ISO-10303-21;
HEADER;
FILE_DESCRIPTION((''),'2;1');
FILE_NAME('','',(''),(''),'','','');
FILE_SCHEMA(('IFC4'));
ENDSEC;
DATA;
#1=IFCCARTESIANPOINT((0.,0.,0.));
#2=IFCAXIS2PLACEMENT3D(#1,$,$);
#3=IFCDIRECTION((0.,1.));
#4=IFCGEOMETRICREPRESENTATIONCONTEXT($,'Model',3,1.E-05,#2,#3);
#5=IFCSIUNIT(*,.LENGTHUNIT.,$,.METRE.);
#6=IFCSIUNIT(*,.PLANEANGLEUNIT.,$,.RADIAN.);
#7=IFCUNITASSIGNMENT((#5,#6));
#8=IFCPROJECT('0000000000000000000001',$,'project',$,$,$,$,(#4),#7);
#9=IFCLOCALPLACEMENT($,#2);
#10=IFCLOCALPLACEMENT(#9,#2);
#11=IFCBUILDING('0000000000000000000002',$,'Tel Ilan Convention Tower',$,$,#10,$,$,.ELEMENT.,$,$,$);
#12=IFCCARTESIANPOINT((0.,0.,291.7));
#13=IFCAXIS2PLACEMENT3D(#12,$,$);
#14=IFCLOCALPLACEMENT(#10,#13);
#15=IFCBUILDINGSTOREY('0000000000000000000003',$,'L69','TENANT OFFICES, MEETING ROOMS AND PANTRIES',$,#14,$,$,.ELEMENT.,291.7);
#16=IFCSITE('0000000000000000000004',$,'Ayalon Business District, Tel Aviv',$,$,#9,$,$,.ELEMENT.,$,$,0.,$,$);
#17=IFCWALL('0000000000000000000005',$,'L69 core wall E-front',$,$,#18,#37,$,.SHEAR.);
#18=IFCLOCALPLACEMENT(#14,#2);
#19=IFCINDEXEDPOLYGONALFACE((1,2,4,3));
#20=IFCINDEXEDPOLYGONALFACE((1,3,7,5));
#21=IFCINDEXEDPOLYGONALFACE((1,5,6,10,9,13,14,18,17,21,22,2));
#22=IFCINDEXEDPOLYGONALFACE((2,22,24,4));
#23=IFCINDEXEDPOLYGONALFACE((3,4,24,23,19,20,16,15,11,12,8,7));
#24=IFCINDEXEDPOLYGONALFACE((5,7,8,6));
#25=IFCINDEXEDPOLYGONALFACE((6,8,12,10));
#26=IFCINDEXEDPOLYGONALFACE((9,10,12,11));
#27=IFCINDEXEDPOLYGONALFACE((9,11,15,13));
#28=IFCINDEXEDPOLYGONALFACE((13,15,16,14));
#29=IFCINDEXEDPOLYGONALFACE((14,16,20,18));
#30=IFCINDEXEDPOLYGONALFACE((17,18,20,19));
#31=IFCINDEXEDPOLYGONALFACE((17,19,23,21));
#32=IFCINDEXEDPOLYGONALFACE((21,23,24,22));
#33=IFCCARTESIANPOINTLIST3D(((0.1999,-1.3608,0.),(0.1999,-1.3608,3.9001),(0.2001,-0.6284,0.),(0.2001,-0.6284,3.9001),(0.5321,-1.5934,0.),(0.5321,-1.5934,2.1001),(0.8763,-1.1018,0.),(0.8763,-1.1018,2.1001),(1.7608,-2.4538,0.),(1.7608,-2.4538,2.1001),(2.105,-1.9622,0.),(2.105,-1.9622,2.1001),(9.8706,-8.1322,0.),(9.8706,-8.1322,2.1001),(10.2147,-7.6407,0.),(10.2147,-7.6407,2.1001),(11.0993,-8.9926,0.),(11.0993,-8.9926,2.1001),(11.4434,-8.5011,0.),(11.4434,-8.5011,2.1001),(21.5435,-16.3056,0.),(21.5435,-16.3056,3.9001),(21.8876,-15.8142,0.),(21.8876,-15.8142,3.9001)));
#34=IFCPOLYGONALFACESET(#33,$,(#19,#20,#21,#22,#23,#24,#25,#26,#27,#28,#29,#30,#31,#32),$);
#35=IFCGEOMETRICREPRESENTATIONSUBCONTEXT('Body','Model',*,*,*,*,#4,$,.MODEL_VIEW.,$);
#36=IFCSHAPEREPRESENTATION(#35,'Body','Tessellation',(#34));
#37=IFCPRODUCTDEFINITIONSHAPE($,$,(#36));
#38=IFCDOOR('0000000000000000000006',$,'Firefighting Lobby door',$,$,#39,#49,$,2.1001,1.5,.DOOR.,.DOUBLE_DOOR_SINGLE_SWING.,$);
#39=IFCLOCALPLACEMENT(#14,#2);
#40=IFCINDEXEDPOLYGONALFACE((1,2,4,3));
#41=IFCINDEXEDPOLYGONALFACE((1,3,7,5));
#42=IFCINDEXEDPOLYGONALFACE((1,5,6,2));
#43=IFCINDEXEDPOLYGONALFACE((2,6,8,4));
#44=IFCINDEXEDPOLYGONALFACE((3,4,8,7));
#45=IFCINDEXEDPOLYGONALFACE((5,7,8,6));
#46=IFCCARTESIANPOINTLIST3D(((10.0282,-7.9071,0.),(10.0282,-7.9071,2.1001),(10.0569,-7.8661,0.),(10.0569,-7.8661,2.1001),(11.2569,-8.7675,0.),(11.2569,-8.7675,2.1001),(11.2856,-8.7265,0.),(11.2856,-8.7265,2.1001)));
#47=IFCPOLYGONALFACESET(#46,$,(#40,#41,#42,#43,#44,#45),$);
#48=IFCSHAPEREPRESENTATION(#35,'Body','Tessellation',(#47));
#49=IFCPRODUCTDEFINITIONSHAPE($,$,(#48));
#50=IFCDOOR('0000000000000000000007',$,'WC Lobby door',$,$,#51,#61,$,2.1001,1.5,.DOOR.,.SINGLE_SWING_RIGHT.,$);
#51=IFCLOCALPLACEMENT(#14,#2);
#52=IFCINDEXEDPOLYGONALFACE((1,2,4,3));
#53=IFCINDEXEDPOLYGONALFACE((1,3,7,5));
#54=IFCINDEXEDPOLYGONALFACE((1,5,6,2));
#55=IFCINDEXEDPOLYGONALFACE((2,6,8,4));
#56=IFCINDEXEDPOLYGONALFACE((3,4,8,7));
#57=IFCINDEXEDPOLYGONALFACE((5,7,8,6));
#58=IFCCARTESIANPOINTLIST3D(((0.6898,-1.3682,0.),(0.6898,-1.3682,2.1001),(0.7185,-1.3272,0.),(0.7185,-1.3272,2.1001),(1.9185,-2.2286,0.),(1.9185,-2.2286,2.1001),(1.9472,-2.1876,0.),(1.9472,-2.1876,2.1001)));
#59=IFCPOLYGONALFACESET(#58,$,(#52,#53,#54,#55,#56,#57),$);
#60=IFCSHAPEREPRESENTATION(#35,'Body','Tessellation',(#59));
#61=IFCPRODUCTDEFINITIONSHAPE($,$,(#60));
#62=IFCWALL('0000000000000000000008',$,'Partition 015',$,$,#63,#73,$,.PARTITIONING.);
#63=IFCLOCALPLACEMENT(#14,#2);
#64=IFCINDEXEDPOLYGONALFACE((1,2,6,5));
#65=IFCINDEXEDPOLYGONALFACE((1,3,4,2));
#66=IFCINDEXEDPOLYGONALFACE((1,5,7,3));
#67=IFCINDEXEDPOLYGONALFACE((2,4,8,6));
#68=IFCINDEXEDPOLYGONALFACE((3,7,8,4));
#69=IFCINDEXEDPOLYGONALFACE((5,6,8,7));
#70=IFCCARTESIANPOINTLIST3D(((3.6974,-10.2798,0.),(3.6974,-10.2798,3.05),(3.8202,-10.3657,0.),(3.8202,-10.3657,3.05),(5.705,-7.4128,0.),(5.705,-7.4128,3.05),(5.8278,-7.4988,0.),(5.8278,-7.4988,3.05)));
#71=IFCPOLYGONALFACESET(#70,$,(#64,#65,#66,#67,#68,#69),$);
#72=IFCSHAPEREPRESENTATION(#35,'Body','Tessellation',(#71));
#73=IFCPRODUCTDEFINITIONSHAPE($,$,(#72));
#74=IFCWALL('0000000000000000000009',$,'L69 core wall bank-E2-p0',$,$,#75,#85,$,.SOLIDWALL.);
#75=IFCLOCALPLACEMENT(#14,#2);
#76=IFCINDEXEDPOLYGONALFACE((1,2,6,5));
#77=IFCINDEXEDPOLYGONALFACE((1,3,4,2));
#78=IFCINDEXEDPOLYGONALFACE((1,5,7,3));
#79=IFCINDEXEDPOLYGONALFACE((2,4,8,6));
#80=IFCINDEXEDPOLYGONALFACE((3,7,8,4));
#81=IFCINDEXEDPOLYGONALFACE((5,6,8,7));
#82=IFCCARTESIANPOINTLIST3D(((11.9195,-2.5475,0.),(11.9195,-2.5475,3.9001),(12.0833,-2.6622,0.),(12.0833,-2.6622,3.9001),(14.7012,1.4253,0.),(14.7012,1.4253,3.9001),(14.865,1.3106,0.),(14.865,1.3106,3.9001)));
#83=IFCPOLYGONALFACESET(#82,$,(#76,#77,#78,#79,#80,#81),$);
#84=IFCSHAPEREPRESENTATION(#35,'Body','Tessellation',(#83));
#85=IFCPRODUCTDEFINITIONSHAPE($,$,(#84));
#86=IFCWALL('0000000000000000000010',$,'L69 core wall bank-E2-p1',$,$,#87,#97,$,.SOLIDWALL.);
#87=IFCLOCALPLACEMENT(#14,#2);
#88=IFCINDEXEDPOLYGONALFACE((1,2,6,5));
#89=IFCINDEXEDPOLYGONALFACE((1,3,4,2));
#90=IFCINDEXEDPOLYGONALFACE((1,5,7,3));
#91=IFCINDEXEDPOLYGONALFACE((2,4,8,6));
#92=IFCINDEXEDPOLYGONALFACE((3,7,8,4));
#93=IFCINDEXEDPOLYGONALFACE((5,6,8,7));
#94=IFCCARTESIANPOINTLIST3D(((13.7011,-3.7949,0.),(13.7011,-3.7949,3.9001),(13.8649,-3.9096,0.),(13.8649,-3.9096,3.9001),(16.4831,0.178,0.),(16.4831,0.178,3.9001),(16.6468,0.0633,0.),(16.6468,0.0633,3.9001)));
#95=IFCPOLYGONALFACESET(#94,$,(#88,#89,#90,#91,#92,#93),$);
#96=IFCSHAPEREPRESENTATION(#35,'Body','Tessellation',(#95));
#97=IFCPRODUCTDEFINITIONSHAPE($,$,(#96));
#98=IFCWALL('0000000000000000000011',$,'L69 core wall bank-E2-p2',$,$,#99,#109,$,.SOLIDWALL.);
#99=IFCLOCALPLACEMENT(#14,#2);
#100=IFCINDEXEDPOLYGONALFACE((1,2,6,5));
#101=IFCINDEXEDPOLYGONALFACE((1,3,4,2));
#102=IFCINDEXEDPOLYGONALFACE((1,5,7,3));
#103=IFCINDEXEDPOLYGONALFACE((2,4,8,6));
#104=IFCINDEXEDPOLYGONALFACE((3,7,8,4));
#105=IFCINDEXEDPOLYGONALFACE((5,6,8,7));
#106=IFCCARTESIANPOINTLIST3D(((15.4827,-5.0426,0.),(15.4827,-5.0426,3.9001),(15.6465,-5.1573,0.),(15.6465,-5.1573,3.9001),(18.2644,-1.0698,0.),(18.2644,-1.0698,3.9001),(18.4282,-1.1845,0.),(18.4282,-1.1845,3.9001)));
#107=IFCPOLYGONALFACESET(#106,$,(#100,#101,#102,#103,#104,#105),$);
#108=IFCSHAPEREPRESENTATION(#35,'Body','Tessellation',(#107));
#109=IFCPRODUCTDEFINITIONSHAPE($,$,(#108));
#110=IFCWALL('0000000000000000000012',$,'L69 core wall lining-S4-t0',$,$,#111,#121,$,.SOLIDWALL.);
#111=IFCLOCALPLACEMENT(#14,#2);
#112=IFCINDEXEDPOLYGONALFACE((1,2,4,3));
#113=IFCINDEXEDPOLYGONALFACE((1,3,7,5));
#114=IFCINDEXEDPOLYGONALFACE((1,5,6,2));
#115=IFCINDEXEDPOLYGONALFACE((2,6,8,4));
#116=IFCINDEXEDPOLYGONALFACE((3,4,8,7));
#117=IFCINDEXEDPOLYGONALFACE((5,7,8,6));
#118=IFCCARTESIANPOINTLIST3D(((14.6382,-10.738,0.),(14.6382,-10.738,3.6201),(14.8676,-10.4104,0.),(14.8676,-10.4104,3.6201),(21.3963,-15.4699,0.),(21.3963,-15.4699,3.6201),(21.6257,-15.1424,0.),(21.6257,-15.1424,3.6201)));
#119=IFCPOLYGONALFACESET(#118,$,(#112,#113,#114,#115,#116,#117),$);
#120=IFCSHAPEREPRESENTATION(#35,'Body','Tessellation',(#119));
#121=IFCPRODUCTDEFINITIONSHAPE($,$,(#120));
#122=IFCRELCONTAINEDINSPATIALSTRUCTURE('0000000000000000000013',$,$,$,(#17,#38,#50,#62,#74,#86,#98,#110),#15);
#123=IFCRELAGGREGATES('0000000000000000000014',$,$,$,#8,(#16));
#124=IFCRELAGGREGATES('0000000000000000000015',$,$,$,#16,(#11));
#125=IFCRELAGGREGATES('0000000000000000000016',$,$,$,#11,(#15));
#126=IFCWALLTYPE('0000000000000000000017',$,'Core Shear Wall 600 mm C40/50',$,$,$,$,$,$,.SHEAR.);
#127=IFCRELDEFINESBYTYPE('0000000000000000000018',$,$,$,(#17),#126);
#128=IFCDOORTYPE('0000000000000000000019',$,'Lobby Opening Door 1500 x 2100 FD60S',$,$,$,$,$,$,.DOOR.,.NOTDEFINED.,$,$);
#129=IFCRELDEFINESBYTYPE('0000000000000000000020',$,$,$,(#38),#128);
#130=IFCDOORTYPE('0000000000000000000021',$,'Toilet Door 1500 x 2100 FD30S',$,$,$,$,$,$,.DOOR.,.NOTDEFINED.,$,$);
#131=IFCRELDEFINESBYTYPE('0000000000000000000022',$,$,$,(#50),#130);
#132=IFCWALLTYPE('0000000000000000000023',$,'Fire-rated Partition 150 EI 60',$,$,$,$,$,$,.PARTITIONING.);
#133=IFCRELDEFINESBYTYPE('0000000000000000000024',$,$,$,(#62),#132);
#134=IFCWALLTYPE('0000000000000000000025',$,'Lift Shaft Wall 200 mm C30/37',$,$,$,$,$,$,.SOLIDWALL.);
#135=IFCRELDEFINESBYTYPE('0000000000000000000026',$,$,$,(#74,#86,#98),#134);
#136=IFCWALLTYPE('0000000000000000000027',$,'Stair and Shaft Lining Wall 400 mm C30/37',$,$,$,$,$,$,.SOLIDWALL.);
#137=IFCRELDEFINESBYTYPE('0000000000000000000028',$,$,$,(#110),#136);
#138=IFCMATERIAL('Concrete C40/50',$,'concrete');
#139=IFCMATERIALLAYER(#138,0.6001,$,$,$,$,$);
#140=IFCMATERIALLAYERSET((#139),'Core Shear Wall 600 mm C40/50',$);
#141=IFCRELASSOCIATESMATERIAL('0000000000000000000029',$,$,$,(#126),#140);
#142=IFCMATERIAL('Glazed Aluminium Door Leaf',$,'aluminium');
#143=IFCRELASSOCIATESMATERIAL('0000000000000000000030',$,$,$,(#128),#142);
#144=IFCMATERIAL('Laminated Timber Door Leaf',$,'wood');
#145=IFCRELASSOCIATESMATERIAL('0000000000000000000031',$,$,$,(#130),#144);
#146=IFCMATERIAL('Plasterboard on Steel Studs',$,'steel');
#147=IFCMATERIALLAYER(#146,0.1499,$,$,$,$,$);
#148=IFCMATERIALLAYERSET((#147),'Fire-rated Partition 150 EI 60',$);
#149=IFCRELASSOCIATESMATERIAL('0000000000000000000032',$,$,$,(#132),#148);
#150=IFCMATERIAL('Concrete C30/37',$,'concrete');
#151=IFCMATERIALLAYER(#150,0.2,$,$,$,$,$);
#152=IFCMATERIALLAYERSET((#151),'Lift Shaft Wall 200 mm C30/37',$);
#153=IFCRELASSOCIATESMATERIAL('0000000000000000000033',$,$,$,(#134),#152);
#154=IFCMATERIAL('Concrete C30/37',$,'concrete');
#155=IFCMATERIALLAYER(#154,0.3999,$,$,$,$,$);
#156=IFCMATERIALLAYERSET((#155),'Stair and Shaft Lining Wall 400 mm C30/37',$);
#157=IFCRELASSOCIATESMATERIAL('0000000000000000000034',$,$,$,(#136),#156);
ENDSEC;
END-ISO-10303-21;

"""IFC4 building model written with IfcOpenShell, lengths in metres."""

from ifc_helpers import new_model, si_unit, direction, frame, frame_2d, origin, place, context, subcontext, project, spatial, polyline, rectangle, outline, extrude, material, layer, layer_set, type_object, element, fill, save


model = new_model("IFC4")

# Units and contexts
model_context = context("Model", 3, precision=1e-05, world=origin(), true_north=direction((0.0, 1.0)))
body_context = subcontext(model_context, "Body", "Model", "MODEL_VIEW")
ifc_project = project(units=[si_unit("LENGTHUNIT", "METRE"), si_unit("PLANEANGLEUNIT", "RADIAN")], contexts=[model_context])

# Site, building, storey
site_placement = place(None, origin())
site = spatial("IfcSite", under=ifc_project, at=site_placement, Name="Ayalon Business District, Tel Aviv", CompositionType="ELEMENT", RefElevation=0.0)
building_placement = place(site_placement, origin())
building = spatial("IfcBuilding", under=site, at=building_placement, Name="Tel Ilan Convention Tower", CompositionType="ELEMENT")
storey_placement = place(building_placement, frame((0.0, 0.0, 291.7)))
storey = spatial("IfcBuildingStorey", under=building, at=storey_placement, Name="L69", Description="TENANT OFFICES, MEETING ROOMS AND PANTRIES", CompositionType="ELEMENT", Elevation=291.7)

# Wall, openings, doors
ifc_material_1 = material(Name="Concrete C40/50", Category="concrete")
ifc_layer_1 = layer(ifc_material_1, 0.6001)
ifc_layer_set_1 = layer_set([ifc_layer_1], Name="Core Shear Wall 600 mm C40/50")
wall_type_1 = type_object("IfcWallType", Name="Core Shear Wall 600 mm C40/50", PredefinedType="SHEAR", material=ifc_layer_set_1)
wall_1_placement = place(storey_placement, frame((0.0278, -0.874, 0.0), z_axis=(0.0, 0.0, 1.0), x_axis=(0.81915, -0.573579, 0.0)))
wall_1 = element("IfcWall", 1, at=wall_1_placement, inside=storey, type_object=wall_type_1, Name="L69 core wall E-front", PredefinedType="SHEAR", context=body_context, shape_type="SweptSolid", body=[
    extrude(outline(polyline([(26.4758, 0.3), (0.0002, 0.3), (0.4202, -0.3), (26.4758, -0.2998), (26.4758, 0.3)])), origin(), (0.0, 0.0, 1.0), 3.9001),
])
opening_1_placement = place(wall_1_placement, frame((0.8257, 0.0, 0.0)))
opening_1 = element("IfcOpeningElement", 2, at=opening_1_placement, cuts=wall_1, PredefinedType="OPENING", context=body_context, shape_type="SweptSolid", body=[
    extrude(rectangle(XDim=1.5, YDim=2.1001, at=frame_2d((0.75, 1.05))), frame((0.0, 0.3101, 0.0), z_axis=(0.0, -1.0, 0.0), x_axis=(1.0, 0.0, 0.0)), (0.0, 0.0, 1.0), 0.6201),
])
opening_2_placement = place(wall_1_placement, frame((12.2258, 0.0, 0.0)))
opening_2 = element("IfcOpeningElement", 3, at=opening_2_placement, cuts=wall_1, PredefinedType="OPENING", context=body_context, shape_type="SweptSolid", body=[
    extrude(rectangle(XDim=1.5, YDim=2.1001, at=frame_2d((0.75, 1.05))), frame((0.0, 0.3101, 0.0), z_axis=(0.0, -1.0, 0.0), x_axis=(1.0, 0.0, 0.0)), (0.0, 0.0, 1.0), 0.6201),
])
ifc_material_2 = material(Name="Glazed Aluminium Door Leaf", Category="aluminium")
door_type_1 = type_object("IfcDoorType", Name="Lobby Opening Door 1500 x 2100 FD60S", OperationType="NOTDEFINED", PredefinedType="DOOR", material=ifc_material_2)
door_1_placement = place(opening_2_placement, origin())
door_1 = element("IfcDoor", 4, at=door_1_placement, inside=storey, type_object=door_type_1, Name="Firefighting Lobby door", OperationType="DOUBLE_DOOR_SINGLE_SWING", OverallHeight=2.1001, OverallWidth=1.5, PredefinedType="DOOR", context=body_context, shape_type="SweptSolid", body=[
    extrude(rectangle(XDim=1.5, YDim=2.1001, at=frame_2d((0.75, 1.05))), frame((0.0, 0.0249, 0.0), z_axis=(0.0, -1.0, 0.0), x_axis=(1.0, 0.0, 0.0)), (0.0, 0.0, 1.0), 0.05),
])
fill(opening_2, door_1)
ifc_material_3 = material(Name="Laminated Timber Door Leaf", Category="wood")
door_type_2 = type_object("IfcDoorType", Name="Toilet Door 1500 x 2100 FD30S", OperationType="NOTDEFINED", PredefinedType="DOOR", material=ifc_material_3)
door_2_placement = place(opening_1_placement, origin())
door_2 = element("IfcDoor", 5, at=door_2_placement, inside=storey, type_object=door_type_2, Name="WC Lobby door", OperationType="SINGLE_SWING_RIGHT", OverallHeight=2.1001, OverallWidth=1.5, PredefinedType="DOOR", context=body_context, shape_type="SweptSolid", body=[
    extrude(rectangle(XDim=1.5, YDim=2.1001, at=frame_2d((0.75, 1.05))), frame((0.0, 0.0249, 0.0), z_axis=(0.0, -1.0, 0.0), x_axis=(1.0, 0.0, 0.0)), (0.0, 0.0, 1.0), 0.05),
])
fill(opening_1, door_2)

# Walls
ifc_material_4 = material(Name="Plasterboard on Steel Studs", Category="steel")
ifc_layer_2 = layer(ifc_material_4, 0.1499)
ifc_layer_set_2 = layer_set([ifc_layer_2], Name="Fire-rated Partition 150 EI 60")
wall_type_2 = type_object("IfcWallType", Name="Fire-rated Partition 150 EI 60", PredefinedType="PARTITIONING", material=ifc_layer_set_2)
wall_2_placement = place(storey_placement, frame((3.7588, -10.3228, 0.0), z_axis=(0.0, 0.0, 1.0), x_axis=(0.573598, 0.819137, 0.0)))
element("IfcWall", 6, at=wall_2_placement, inside=storey, type_object=wall_type_2, Name="Partition 015", PredefinedType="PARTITIONING", context=body_context, shape_type="SweptSolid", body=[
    extrude(rectangle(XDim=3.5, YDim=0.1499, at=frame_2d((1.75, 0.0))), origin(), (0.0, 0.0, 1.0), 3.05),
])
ifc_material_5 = material(Name="Concrete C30/37", Category="concrete")
ifc_layer_3 = layer(ifc_material_5, 0.2)
ifc_layer_set_3 = layer_set([ifc_layer_3], Name="Lift Shaft Wall 200 mm C30/37")
wall_type_3 = type_object("IfcWallType", Name="Lift Shaft Wall 200 mm C30/37", PredefinedType="SOLIDWALL", material=ifc_layer_set_3)
wall_3_placement = place(storey_placement, frame((12.0015, -2.6047, 0.0), z_axis=(0.0, 0.0, 1.0), x_axis=(0.57356, 0.819163, 0.0)))
element("IfcWall", 7, at=wall_3_placement, inside=storey, type_object=wall_type_3, Name="L69 core wall bank-E2-p0", PredefinedType="SOLIDWALL", context=body_context, shape_type="SweptSolid", body=[
    extrude(rectangle(XDim=4.8499, YDim=0.2, at=frame_2d((2.4248, 0.0))), origin(), (0.0, 0.0, 1.0), 3.9001),
])
wall_4_placement = place(storey_placement, frame((13.783, -3.8523, 0.0), z_axis=(0.0, 0.0, 1.0), x_axis=(0.573594, 0.81914, 0.0)))
element("IfcWall", 8, at=wall_4_placement, inside=storey, type_object=wall_type_3, Name="L69 core wall bank-E2-p1", PredefinedType="SOLIDWALL", context=body_context, shape_type="SweptSolid", body=[
    extrude(rectangle(XDim=4.8501, YDim=0.2, at=frame_2d((2.425, 0.0))), origin(), (0.0, 0.0, 1.0), 3.9001),
])
wall_5_placement = place(storey_placement, frame((15.5647, -5.0999, 0.0), z_axis=(0.0, 0.0, 1.0), x_axis=(0.57356, 0.819163, 0.0)))
element("IfcWall", 9, at=wall_5_placement, inside=storey, type_object=wall_type_3, Name="L69 core wall bank-E2-p2", PredefinedType="SOLIDWALL", context=body_context, shape_type="SweptSolid", body=[
    extrude(rectangle(XDim=4.8499, YDim=0.2, at=frame_2d((2.4248, 0.0))), origin(), (0.0, 0.0, 1.0), 3.9001),
])
ifc_material_6 = material(Name="Concrete C30/37", Category="concrete")
ifc_layer_4 = layer(ifc_material_6, 0.3999)
ifc_layer_set_4 = layer_set([ifc_layer_4], Name="Stair and Shaft Lining Wall 400 mm C30/37")
wall_type_4 = type_object("IfcWallType", Name="Stair and Shaft Lining Wall 400 mm C30/37", PredefinedType="SOLIDWALL", material=ifc_layer_set_4)
wall_6_placement = place(storey_placement, frame((14.7529, -10.5742, 0.0), z_axis=(0.0, 0.0, 1.0), x_axis=(0.819158, -0.573568, 0.0)))
element("IfcWall", 10, at=wall_6_placement, inside=storey, type_object=wall_type_4, Name="L69 core wall lining-S4-t0", PredefinedType="SOLIDWALL", context=body_context, shape_type="SweptSolid", body=[
    extrude(rectangle(XDim=8.25, YDim=0.3999, at=frame_2d((4.125, 0.0))), origin(), (0.0, 0.0, 1.0), 3.6201),
])

save(model, "model.ifc")
